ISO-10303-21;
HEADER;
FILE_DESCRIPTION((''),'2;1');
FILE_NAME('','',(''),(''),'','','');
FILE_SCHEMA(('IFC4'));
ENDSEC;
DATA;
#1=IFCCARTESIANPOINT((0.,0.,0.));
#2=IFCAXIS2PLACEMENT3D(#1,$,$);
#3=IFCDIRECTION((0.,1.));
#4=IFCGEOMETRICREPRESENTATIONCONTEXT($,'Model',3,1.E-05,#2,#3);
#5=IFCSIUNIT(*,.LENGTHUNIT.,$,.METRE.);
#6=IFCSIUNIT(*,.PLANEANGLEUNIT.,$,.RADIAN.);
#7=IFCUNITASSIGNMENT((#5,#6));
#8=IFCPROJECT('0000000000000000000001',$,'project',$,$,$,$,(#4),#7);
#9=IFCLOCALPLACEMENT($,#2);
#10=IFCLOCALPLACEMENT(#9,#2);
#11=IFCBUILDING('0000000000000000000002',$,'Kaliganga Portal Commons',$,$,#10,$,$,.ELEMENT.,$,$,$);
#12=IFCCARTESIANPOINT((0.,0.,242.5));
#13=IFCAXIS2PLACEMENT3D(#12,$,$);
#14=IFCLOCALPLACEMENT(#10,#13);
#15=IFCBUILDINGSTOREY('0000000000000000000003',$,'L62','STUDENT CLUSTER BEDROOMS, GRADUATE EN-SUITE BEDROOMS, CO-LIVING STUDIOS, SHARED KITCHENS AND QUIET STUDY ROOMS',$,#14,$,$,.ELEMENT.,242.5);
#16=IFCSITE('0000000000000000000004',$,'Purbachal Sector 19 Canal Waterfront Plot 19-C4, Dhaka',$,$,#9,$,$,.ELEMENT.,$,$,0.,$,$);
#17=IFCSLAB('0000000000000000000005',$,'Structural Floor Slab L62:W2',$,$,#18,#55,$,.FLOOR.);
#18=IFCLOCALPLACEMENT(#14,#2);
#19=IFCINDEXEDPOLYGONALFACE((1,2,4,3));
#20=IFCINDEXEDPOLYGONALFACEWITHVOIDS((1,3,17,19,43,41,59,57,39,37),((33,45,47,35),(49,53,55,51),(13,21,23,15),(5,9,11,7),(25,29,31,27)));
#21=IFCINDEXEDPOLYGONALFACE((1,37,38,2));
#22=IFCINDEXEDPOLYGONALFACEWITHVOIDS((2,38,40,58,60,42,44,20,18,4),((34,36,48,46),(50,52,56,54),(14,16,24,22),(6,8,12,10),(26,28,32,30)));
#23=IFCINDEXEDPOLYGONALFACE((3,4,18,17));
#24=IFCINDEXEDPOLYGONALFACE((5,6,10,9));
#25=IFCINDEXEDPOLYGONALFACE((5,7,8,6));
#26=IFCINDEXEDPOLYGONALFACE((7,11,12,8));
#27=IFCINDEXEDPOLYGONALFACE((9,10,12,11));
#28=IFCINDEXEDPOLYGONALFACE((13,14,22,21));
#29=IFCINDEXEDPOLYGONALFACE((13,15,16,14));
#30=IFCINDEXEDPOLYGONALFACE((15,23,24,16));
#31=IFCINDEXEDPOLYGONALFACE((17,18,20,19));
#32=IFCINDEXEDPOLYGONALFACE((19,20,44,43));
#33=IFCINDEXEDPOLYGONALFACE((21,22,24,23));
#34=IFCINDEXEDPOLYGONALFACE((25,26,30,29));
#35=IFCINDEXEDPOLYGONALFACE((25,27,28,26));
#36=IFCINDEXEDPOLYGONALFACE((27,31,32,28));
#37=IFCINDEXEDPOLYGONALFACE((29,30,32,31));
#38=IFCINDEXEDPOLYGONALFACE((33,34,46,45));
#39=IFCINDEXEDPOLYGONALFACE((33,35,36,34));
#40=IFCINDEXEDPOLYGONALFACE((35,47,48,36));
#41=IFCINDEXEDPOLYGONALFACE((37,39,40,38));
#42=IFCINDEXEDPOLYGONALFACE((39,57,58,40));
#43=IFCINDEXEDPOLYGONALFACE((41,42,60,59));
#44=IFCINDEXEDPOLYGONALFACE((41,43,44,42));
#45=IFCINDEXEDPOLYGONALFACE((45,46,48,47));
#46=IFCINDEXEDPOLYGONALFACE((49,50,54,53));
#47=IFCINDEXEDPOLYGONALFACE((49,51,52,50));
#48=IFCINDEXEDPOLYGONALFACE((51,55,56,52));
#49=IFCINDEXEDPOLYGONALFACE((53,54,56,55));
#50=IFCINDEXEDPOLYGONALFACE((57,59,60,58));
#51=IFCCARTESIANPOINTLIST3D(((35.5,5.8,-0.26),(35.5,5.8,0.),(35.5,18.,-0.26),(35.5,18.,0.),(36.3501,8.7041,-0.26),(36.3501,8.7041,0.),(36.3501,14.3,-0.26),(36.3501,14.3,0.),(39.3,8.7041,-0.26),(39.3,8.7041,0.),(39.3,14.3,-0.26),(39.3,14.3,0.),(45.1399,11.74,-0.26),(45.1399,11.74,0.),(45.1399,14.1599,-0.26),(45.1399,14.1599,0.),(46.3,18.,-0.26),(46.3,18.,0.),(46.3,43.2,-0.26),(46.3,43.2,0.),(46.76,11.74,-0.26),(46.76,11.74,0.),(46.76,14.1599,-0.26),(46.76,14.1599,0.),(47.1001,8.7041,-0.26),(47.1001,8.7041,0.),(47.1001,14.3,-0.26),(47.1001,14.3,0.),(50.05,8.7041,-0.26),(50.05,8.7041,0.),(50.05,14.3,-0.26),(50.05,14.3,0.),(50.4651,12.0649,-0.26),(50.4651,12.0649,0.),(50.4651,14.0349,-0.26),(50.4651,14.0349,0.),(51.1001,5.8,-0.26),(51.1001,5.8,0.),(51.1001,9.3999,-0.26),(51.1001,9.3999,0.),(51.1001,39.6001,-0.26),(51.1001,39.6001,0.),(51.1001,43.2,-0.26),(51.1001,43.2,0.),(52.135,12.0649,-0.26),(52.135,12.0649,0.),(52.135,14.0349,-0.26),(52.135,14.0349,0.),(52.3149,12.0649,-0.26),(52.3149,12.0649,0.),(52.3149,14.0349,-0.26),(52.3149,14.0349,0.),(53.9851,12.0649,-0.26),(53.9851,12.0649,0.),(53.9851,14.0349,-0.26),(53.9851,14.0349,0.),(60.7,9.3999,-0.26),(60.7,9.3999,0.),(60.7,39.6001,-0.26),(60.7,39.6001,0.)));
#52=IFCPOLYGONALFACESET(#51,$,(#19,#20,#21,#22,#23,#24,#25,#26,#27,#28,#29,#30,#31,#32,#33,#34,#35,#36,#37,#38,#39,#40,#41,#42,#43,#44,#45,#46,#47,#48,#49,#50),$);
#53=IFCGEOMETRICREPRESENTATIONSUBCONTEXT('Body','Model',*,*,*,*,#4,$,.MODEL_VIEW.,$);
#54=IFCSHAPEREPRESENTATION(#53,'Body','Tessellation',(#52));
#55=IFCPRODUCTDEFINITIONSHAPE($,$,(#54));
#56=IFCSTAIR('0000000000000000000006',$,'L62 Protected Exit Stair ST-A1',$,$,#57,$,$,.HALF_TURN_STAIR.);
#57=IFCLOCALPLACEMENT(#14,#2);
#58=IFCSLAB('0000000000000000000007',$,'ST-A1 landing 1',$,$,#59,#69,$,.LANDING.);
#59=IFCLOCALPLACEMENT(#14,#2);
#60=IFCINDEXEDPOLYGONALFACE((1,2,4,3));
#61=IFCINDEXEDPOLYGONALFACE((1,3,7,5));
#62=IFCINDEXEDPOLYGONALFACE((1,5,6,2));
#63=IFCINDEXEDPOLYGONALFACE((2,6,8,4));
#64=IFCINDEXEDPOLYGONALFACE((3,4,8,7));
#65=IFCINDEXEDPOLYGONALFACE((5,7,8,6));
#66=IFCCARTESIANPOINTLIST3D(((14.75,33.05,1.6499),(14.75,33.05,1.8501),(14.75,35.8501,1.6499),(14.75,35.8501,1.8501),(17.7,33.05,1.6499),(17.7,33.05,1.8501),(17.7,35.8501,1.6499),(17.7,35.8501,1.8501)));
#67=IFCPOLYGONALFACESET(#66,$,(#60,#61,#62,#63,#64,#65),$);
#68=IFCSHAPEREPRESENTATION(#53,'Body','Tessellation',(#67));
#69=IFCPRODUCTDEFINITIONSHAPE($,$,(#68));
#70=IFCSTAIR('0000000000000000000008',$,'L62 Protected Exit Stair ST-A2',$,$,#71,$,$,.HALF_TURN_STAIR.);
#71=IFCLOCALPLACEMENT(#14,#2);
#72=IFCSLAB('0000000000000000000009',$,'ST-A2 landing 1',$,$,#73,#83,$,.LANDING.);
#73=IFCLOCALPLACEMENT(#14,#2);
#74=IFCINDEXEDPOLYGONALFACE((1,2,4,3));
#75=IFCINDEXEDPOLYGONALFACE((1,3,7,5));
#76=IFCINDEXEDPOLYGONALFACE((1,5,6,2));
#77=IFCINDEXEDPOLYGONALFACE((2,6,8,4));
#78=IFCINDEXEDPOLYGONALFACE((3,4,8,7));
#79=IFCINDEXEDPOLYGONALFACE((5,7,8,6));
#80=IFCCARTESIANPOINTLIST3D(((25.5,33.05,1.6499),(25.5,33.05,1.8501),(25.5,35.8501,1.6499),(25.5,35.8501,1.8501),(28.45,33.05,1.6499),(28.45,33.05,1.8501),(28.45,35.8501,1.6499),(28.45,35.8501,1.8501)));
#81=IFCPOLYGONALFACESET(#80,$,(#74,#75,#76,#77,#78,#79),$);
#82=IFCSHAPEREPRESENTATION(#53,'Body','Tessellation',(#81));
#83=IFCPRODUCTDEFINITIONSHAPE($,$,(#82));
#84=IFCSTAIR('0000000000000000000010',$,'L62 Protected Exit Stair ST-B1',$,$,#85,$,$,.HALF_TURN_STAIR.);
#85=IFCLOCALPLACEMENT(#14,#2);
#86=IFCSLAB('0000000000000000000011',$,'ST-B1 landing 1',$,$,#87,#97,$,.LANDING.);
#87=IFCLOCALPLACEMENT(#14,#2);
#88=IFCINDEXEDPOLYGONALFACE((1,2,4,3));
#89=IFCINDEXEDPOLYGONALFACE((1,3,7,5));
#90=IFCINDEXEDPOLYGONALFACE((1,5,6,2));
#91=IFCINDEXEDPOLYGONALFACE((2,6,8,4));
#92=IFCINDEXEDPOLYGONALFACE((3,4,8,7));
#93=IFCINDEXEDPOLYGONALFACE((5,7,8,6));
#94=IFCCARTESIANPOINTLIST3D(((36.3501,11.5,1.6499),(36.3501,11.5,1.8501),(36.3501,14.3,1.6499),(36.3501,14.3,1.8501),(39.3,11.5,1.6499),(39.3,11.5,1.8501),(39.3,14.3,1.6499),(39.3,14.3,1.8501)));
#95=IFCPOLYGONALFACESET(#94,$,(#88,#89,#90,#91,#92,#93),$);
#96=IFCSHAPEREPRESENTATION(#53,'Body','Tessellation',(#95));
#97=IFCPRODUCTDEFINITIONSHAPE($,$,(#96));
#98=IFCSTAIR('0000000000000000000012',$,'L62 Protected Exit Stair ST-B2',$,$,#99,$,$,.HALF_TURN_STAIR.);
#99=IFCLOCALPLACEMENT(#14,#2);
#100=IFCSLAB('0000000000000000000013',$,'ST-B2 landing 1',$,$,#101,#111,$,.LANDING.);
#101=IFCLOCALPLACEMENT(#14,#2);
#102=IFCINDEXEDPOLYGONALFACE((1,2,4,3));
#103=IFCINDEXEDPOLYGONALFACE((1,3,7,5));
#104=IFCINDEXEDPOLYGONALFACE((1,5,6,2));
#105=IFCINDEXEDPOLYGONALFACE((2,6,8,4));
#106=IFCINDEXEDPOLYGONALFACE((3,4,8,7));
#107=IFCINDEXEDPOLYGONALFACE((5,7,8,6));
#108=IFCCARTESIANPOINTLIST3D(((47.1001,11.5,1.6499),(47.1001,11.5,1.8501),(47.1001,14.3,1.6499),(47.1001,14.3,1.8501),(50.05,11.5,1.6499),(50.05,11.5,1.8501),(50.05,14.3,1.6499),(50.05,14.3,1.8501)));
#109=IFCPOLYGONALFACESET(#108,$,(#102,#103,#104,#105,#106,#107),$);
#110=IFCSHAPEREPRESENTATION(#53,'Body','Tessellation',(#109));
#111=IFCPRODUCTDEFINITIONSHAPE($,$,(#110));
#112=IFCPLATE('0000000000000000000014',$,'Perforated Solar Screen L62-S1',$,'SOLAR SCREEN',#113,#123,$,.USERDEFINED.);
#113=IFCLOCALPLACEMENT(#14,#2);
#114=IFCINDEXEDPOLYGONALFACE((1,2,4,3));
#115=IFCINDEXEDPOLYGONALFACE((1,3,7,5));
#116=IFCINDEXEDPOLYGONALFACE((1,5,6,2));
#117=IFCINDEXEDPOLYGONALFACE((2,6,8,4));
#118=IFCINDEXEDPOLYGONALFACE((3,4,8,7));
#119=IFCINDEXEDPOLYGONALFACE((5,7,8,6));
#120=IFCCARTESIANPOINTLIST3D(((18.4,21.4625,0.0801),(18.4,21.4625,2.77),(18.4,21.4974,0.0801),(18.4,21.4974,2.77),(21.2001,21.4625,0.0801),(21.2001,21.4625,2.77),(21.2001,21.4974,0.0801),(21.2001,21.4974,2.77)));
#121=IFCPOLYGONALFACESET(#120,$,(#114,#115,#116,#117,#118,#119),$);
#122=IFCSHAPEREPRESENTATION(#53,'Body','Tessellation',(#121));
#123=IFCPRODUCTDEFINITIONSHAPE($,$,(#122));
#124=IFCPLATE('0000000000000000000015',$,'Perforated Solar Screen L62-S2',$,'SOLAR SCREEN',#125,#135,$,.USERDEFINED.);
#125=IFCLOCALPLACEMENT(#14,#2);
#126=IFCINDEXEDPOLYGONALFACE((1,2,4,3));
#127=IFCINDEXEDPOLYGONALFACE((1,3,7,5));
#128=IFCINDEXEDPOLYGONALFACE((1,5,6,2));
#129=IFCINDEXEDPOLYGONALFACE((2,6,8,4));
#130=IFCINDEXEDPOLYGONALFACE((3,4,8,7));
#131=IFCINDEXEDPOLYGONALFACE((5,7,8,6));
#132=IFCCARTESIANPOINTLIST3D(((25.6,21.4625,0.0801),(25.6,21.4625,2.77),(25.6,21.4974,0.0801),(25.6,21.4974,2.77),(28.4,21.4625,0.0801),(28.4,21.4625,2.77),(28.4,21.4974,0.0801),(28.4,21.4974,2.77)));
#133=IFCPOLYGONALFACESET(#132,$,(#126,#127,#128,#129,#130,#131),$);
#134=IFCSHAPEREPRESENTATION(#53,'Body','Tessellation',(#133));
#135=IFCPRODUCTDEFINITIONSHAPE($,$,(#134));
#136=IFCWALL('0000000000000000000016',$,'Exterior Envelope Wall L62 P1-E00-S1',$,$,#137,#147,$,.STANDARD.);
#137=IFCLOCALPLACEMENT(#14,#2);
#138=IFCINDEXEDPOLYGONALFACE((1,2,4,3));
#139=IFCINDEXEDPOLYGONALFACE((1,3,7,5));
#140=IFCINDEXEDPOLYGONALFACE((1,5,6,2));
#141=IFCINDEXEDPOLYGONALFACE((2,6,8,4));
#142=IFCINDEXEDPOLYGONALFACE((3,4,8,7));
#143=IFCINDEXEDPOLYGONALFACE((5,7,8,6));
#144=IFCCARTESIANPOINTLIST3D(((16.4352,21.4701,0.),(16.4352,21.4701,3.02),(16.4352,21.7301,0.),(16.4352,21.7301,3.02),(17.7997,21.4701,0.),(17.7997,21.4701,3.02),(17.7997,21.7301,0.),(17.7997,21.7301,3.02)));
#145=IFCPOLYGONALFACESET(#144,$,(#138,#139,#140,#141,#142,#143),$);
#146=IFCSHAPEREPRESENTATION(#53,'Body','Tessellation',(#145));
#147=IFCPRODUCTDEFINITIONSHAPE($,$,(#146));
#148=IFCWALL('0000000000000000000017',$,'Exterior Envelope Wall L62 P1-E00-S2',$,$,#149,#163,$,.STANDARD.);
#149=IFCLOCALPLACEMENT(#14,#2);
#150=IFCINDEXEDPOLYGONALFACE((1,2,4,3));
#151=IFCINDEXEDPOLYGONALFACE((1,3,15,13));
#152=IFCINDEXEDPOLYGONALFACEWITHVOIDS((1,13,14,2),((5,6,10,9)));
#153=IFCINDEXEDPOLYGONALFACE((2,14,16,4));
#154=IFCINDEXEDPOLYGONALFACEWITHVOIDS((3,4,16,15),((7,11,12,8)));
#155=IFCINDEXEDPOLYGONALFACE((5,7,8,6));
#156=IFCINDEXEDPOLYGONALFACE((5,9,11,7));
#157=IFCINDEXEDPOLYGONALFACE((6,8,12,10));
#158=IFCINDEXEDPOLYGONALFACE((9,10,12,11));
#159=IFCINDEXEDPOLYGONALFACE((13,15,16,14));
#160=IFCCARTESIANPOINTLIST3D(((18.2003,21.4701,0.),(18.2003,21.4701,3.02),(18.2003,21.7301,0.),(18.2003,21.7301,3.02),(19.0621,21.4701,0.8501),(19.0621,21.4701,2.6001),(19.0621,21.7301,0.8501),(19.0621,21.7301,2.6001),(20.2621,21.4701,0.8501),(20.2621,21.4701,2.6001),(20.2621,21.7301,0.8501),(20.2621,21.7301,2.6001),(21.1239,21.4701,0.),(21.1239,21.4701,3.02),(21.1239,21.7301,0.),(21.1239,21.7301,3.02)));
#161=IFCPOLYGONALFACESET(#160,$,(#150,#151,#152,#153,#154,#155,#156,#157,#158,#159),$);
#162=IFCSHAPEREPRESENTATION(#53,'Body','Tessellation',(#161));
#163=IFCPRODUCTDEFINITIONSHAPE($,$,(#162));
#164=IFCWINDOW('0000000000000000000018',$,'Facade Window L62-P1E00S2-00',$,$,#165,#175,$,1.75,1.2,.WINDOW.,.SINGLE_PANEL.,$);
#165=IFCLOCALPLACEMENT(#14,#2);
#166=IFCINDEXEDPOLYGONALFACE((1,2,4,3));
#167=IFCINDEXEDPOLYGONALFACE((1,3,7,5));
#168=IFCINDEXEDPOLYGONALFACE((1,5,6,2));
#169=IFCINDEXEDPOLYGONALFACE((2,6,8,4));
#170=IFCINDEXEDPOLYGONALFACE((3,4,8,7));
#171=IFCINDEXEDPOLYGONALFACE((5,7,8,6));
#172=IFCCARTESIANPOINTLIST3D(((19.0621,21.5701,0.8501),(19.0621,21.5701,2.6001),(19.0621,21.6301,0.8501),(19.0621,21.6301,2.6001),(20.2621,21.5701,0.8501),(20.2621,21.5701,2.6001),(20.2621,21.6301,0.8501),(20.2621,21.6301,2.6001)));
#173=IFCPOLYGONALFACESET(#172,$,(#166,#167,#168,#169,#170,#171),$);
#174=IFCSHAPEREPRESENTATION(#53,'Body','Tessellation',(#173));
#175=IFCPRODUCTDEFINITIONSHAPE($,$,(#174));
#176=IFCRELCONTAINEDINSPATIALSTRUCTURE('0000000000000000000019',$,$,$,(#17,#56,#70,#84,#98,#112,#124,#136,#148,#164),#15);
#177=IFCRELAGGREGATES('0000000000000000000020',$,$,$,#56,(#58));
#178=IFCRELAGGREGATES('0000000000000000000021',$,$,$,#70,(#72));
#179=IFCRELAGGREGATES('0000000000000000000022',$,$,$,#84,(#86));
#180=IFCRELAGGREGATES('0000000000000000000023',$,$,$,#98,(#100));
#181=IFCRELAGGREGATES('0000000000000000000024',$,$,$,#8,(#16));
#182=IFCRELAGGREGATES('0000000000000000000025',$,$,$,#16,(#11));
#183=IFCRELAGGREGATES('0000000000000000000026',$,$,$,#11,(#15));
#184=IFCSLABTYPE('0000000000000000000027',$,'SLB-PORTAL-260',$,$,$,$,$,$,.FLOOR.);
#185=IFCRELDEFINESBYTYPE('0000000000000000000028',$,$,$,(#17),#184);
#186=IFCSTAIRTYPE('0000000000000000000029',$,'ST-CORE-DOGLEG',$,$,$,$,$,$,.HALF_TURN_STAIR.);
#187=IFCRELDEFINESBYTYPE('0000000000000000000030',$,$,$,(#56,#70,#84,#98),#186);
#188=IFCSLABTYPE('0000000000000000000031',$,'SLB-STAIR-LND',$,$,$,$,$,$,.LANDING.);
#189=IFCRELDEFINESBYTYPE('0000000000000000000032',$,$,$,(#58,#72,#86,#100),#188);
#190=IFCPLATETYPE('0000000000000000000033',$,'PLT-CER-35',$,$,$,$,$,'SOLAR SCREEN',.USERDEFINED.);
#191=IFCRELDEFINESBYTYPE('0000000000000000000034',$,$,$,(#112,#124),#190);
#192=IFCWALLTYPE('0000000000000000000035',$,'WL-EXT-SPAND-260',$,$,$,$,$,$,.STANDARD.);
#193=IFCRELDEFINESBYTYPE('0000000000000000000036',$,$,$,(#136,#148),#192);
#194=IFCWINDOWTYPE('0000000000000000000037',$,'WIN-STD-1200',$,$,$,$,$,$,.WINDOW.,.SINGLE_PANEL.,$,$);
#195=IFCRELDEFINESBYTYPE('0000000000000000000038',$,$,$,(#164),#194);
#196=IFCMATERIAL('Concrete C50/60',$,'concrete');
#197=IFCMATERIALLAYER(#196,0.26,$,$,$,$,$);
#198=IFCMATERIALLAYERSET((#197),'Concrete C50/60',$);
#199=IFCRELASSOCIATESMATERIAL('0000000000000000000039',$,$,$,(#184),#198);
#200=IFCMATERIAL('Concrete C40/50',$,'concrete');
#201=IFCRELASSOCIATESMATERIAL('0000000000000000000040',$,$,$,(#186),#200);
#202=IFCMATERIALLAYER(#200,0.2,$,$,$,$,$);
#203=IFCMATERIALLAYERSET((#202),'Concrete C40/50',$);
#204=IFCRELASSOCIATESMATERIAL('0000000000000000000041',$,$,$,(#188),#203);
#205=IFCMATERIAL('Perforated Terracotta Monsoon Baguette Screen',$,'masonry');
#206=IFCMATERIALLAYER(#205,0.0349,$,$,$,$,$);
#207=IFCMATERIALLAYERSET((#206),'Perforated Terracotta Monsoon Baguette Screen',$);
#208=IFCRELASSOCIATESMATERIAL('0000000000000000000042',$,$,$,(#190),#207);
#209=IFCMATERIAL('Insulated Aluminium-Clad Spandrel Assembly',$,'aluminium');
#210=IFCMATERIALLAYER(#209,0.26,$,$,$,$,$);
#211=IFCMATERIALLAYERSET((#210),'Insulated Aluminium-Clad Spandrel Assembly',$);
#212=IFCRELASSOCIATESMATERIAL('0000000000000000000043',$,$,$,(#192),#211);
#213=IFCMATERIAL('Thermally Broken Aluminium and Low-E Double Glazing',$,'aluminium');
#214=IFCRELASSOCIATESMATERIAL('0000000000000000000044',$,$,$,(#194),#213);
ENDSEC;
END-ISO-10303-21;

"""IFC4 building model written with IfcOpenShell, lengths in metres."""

from ifc_helpers import new_model, si_unit, direction, frame, frame_2d, origin, origin_2d, place, context, subcontext, project, spatial, polyline, rectangle, outline, extrude, source, transform, mapped, material, layer, layer_set, type_object, element, fill, aggregate, save


model = new_model("IFC4")

# Units and contexts
model_context = context("Model", 3, precision=1e-05, world=origin(), true_north=direction((0.0, 1.0)))
body_context = subcontext(model_context, "Body", "Model", "MODEL_VIEW")
ifc_project = project(units=[si_unit("LENGTHUNIT", "METRE"), si_unit("PLANEANGLEUNIT", "RADIAN")], contexts=[model_context])

# Site, building, storey
site_placement = place(None, origin())
site = spatial("IfcSite", under=ifc_project, at=site_placement, Name="Purbachal Sector 19 Canal Waterfront Plot 19-C4, Dhaka", CompositionType="ELEMENT", RefElevation=0.0)
building_placement = place(site_placement, origin())
building = spatial("IfcBuilding", under=site, at=building_placement, Name="Kaliganga Portal Commons", CompositionType="ELEMENT")
storey_placement = place(building_placement, frame((0.0, 0.0, 242.5)))
storey = spatial("IfcBuildingStorey", under=building, at=storey_placement, Name="L62", Description="STUDENT CLUSTER BEDROOMS, GRADUATE EN-SUITE BEDROOMS, CO-LIVING STUDIOS, SHARED KITCHENS AND QUIET STUDY ROOMS", CompositionType="ELEMENT", Elevation=242.5)

# Shared definitions
ifc_material_1 = material(Name="Concrete C50/60", Category="concrete")

# Slab
ifc_material_2 = material(Name="Concrete C40/50", Category="concrete")
ifc_layer_1 = layer(ifc_material_1, 0.26)
ifc_layer_set_1 = layer_set([ifc_layer_1], Name="Concrete C50/60")
slab_type_1 = type_object("IfcSlabType", Name="SLB-PORTAL-260", PredefinedType="FLOOR", material=ifc_layer_set_1)
slab_1_placement = place(storey_placement, frame((0.0, 0.0, -0.26)))
element("IfcSlab", 1, at=slab_1_placement, inside=storey, type_object=slab_type_1, Name="Structural Floor Slab L62:W2", PredefinedType="FLOOR", context=body_context, shape_type="SweptSolid", body=[
    extrude(outline(polyline([(35.5, 5.8), (51.1001, 5.8), (51.1001, 9.3999), (60.7, 9.3999), (60.7, 39.6001), (51.1001, 39.6001), (51.1001, 43.2), (46.3, 43.2), (46.3, 18.0), (35.5, 18.0), (35.5, 5.8)]), holes=[polyline([(36.3501, 8.7041), (36.3501, 14.3), (39.3, 14.3), (39.3, 8.7041), (36.3501, 8.7041)]), polyline([(47.1001, 8.7041), (47.1001, 14.3), (50.05, 14.3), (50.05, 8.7041), (47.1001, 8.7041)]), polyline([(50.4651, 12.0649), (50.4651, 14.0349), (52.135, 14.0349), (52.135, 12.0649), (50.4651, 12.0649)]), polyline([(52.3149, 12.0649), (52.3149, 14.0349), (53.9851, 14.0349), (53.9851, 12.0649), (52.3149, 12.0649)]), polyline([(45.1399, 11.74), (45.1399, 14.1599), (46.76, 14.1599), (46.76, 11.74), (45.1399, 11.74)])]), origin(), (0.0, 0.0, 1.0), 0.26),
])

# Stairs, slabs
stair_type = type_object("IfcStairType", Name="ST-CORE-DOGLEG", PredefinedType="HALF_TURN_STAIR", material=ifc_material_2)
stair_1_placement = place(storey_placement, origin())
stair_1 = element("IfcStair", 2, at=stair_1_placement, inside=storey, type_object=stair_type, Name="L62 Protected Exit Stair ST-A1", PredefinedType="HALF_TURN_STAIR")
ifc_layer_2 = layer(ifc_material_2, 0.2)
ifc_layer_set_2 = layer_set([ifc_layer_2], Name="Concrete C40/50")
slab_type_2 = type_object("IfcSlabType", Name="SLB-STAIR-LND", PredefinedType="LANDING", material=ifc_layer_set_2)
slab_2_placement = place(storey_placement, frame((0.0, 0.0, 1.6499)))
slab_2 = element("IfcSlab", 3, at=slab_2_placement, type_object=slab_type_2, Name="ST-A1 landing 1", PredefinedType="LANDING", context=body_context, shape_type="SweptSolid", body=[
    extrude(outline(polyline([(17.7, 33.05), (17.7, 35.8501), (14.75, 35.8501), (14.75, 33.05), (17.7, 33.05)])), origin(), (0.0, 0.0, 1.0), 0.2002),
])
aggregate(stair_1, [slab_2])
stair_2_placement = place(storey_placement, origin())
stair_2 = element("IfcStair", 4, at=stair_2_placement, inside=storey, type_object=stair_type, Name="L62 Protected Exit Stair ST-A2", PredefinedType="HALF_TURN_STAIR")
slab_3_placement = place(storey_placement, frame((0.0, 0.0, 1.6499)))
slab_3 = element("IfcSlab", 5, at=slab_3_placement, type_object=slab_type_2, Name="ST-A2 landing 1", PredefinedType="LANDING", context=body_context, shape_type="SweptSolid", body=[
    extrude(outline(polyline([(28.45, 33.05), (28.45, 35.8501), (25.5, 35.8501), (25.5, 33.05), (28.45, 33.05)])), origin(), (0.0, 0.0, 1.0), 0.2002),
])
aggregate(stair_2, [slab_3])
stair_3_placement = place(storey_placement, origin())
stair_3 = element("IfcStair", 6, at=stair_3_placement, inside=storey, type_object=stair_type, Name="L62 Protected Exit Stair ST-B1", PredefinedType="HALF_TURN_STAIR")
slab_4_placement = place(storey_placement, frame((0.0, 0.0, 1.6499)))
slab_4 = element("IfcSlab", 7, at=slab_4_placement, type_object=slab_type_2, Name="ST-B1 landing 1", PredefinedType="LANDING", context=body_context, shape_type="SweptSolid", body=[
    extrude(outline(polyline([(39.3, 11.5), (39.3, 14.3), (36.3501, 14.3), (36.3501, 11.5), (39.3, 11.5)])), origin(), (0.0, 0.0, 1.0), 0.2002),
])
aggregate(stair_3, [slab_4])
stair_4_placement = place(storey_placement, origin())
stair_4 = element("IfcStair", 8, at=stair_4_placement, inside=storey, type_object=stair_type, Name="L62 Protected Exit Stair ST-B2", PredefinedType="HALF_TURN_STAIR")
slab_5_placement = place(storey_placement, frame((0.0, 0.0, 1.6499)))
slab_5 = element("IfcSlab", 9, at=slab_5_placement, type_object=slab_type_2, Name="ST-B2 landing 1", PredefinedType="LANDING", context=body_context, shape_type="SweptSolid", body=[
    extrude(outline(polyline([(50.05, 11.5), (50.05, 14.3), (47.1001, 14.3), (47.1001, 11.5), (50.05, 11.5)])), origin(), (0.0, 0.0, 1.0), 0.2002),
])
aggregate(stair_4, [slab_5])

# Plates
ifc_material_3 = material(Name="Perforated Terracotta Monsoon Baguette Screen", Category="masonry")
ifc_layer_3 = layer(ifc_material_3, 0.0349)
ifc_layer_set_3 = layer_set([ifc_layer_3], Name="Perforated Terracotta Monsoon Baguette Screen")
plate_type = type_object("IfcPlateType", Name="PLT-CER-35", ElementType="SOLAR SCREEN", PredefinedType="USERDEFINED", material=ifc_layer_set_3)
shared_shape_1 = source(origin(), body_context, "Body", "SweptSolid", [
    extrude(rectangle(XDim=2.8, YDim=0.0349, at=origin_2d()), origin(), (0.0, 0.0, 1.0), 2.6899),
])
for number, where, z_axis, x_axis, name in (
    (10, (19.8, 21.48, 0.0801), (0.0, 0.0, 1.0), (1.0, 0.0, 0.0), "Perforated Solar Screen L62-S1"),
    (11, (27.0, 21.48, 0.0801), (0.0, 0.0, 1.0), (1.0, 0.0, 0.0), "Perforated Solar Screen L62-S2"),
):
    element("IfcPlate", number, at=place(storey_placement, frame(where, z_axis=z_axis, x_axis=x_axis)), inside=storey, type_object=plate_type, Name=name, ObjectType="SOLAR SCREEN", PredefinedType="USERDEFINED", context=body_context, shape_type="MappedRepresentation", body=[
        mapped(shared_shape_1, transform((0.0, 0.0, 0.0), x_axis=(1.0, 0.0, 0.0), y_axis=(0.0, 1.0, 0.0), z_axis=(0.0, 0.0, 1.0), scale=1.0)),
    ])

# Wall
ifc_material_4 = material(Name="Insulated Aluminium-Clad Spandrel Assembly", Category="aluminium")
ifc_layer_4 = layer(ifc_material_4, 0.26)
ifc_layer_set_4 = layer_set([ifc_layer_4], Name="Insulated Aluminium-Clad Spandrel Assembly")
wall_type = type_object("IfcWallType", Name="WL-EXT-SPAND-260", PredefinedType="STANDARD", material=ifc_layer_set_4)
wall_1_placement = place(storey_placement, frame((17.7996, 21.6001, 0.0), z_axis=(0.0, 0.0, 1.0), x_axis=(-1.0, 0.0, 0.0)))
element("IfcWall", 12, at=wall_1_placement, inside=storey, type_object=wall_type, Name="Exterior Envelope Wall L62 P1-E00-S1", PredefinedType="STANDARD", context=body_context, shape_type="SweptSolid", body=[
    extrude(rectangle(XDim=1.3645, YDim=0.26, at=frame_2d((0.6821, 0.0))), origin(), (0.0, 0.0, 1.0), 3.02),
])

# Wall, opening, window
wall_2_placement = place(storey_placement, frame((21.124, 21.6001, 0.0), z_axis=(0.0, 0.0, 1.0), x_axis=(-1.0, 0.0, 0.0)))
wall_2 = element("IfcWall", 13, at=wall_2_placement, inside=storey, type_object=wall_type, Name="Exterior Envelope Wall L62 P1-E00-S2", PredefinedType="STANDARD", context=body_context, shape_type="SweptSolid", body=[
    extrude(rectangle(XDim=2.9236, YDim=0.26, at=frame_2d((1.4619, 0.0))), origin(), (0.0, 0.0, 1.0), 3.02),
])
opening_1_placement = place(wall_2_placement, frame((0.8618, 0.0, 0.8501)))
opening_1 = element("IfcOpeningElement", 14, at=opening_1_placement, cuts=wall_2, PredefinedType="OPENING", context=body_context, shape_type="SweptSolid", body=[
    extrude(rectangle(XDim=1.2, YDim=1.75, at=frame_2d((0.6001, 0.875))), frame((0.0, 0.1401, 0.0), z_axis=(0.0, -1.0, 0.0), x_axis=(1.0, 0.0, 0.0)), (0.0, 0.0, 1.0), 0.28),
])
ifc_material_5 = material(Name="Thermally Broken Aluminium and Low-E Double Glazing", Category="aluminium")
window_type_1 = type_object("IfcWindowType", Name="WIN-STD-1200", PartitioningType="SINGLE_PANEL", PredefinedType="WINDOW", material=ifc_material_5)
window_1_placement = place(opening_1_placement, origin())
window_1 = element("IfcWindow", 15, at=window_1_placement, inside=storey, type_object=window_type_1, Name="Facade Window L62-P1E00S2-00", OverallHeight=1.75, OverallWidth=1.2, PartitioningType="SINGLE_PANEL", PredefinedType="WINDOW", context=body_context, shape_type="SweptSolid", body=[
    extrude(rectangle(XDim=1.2, YDim=1.75, at=frame_2d((0.6001, 0.875))), frame((0.0, 0.03, 0.0), z_axis=(0.0, -1.0, 0.0), x_axis=(1.0, 0.0, 0.0)), (0.0, 0.0, 1.0), 0.0601),
])
fill(opening_1, window_1)

save(model, "model.ifc")
